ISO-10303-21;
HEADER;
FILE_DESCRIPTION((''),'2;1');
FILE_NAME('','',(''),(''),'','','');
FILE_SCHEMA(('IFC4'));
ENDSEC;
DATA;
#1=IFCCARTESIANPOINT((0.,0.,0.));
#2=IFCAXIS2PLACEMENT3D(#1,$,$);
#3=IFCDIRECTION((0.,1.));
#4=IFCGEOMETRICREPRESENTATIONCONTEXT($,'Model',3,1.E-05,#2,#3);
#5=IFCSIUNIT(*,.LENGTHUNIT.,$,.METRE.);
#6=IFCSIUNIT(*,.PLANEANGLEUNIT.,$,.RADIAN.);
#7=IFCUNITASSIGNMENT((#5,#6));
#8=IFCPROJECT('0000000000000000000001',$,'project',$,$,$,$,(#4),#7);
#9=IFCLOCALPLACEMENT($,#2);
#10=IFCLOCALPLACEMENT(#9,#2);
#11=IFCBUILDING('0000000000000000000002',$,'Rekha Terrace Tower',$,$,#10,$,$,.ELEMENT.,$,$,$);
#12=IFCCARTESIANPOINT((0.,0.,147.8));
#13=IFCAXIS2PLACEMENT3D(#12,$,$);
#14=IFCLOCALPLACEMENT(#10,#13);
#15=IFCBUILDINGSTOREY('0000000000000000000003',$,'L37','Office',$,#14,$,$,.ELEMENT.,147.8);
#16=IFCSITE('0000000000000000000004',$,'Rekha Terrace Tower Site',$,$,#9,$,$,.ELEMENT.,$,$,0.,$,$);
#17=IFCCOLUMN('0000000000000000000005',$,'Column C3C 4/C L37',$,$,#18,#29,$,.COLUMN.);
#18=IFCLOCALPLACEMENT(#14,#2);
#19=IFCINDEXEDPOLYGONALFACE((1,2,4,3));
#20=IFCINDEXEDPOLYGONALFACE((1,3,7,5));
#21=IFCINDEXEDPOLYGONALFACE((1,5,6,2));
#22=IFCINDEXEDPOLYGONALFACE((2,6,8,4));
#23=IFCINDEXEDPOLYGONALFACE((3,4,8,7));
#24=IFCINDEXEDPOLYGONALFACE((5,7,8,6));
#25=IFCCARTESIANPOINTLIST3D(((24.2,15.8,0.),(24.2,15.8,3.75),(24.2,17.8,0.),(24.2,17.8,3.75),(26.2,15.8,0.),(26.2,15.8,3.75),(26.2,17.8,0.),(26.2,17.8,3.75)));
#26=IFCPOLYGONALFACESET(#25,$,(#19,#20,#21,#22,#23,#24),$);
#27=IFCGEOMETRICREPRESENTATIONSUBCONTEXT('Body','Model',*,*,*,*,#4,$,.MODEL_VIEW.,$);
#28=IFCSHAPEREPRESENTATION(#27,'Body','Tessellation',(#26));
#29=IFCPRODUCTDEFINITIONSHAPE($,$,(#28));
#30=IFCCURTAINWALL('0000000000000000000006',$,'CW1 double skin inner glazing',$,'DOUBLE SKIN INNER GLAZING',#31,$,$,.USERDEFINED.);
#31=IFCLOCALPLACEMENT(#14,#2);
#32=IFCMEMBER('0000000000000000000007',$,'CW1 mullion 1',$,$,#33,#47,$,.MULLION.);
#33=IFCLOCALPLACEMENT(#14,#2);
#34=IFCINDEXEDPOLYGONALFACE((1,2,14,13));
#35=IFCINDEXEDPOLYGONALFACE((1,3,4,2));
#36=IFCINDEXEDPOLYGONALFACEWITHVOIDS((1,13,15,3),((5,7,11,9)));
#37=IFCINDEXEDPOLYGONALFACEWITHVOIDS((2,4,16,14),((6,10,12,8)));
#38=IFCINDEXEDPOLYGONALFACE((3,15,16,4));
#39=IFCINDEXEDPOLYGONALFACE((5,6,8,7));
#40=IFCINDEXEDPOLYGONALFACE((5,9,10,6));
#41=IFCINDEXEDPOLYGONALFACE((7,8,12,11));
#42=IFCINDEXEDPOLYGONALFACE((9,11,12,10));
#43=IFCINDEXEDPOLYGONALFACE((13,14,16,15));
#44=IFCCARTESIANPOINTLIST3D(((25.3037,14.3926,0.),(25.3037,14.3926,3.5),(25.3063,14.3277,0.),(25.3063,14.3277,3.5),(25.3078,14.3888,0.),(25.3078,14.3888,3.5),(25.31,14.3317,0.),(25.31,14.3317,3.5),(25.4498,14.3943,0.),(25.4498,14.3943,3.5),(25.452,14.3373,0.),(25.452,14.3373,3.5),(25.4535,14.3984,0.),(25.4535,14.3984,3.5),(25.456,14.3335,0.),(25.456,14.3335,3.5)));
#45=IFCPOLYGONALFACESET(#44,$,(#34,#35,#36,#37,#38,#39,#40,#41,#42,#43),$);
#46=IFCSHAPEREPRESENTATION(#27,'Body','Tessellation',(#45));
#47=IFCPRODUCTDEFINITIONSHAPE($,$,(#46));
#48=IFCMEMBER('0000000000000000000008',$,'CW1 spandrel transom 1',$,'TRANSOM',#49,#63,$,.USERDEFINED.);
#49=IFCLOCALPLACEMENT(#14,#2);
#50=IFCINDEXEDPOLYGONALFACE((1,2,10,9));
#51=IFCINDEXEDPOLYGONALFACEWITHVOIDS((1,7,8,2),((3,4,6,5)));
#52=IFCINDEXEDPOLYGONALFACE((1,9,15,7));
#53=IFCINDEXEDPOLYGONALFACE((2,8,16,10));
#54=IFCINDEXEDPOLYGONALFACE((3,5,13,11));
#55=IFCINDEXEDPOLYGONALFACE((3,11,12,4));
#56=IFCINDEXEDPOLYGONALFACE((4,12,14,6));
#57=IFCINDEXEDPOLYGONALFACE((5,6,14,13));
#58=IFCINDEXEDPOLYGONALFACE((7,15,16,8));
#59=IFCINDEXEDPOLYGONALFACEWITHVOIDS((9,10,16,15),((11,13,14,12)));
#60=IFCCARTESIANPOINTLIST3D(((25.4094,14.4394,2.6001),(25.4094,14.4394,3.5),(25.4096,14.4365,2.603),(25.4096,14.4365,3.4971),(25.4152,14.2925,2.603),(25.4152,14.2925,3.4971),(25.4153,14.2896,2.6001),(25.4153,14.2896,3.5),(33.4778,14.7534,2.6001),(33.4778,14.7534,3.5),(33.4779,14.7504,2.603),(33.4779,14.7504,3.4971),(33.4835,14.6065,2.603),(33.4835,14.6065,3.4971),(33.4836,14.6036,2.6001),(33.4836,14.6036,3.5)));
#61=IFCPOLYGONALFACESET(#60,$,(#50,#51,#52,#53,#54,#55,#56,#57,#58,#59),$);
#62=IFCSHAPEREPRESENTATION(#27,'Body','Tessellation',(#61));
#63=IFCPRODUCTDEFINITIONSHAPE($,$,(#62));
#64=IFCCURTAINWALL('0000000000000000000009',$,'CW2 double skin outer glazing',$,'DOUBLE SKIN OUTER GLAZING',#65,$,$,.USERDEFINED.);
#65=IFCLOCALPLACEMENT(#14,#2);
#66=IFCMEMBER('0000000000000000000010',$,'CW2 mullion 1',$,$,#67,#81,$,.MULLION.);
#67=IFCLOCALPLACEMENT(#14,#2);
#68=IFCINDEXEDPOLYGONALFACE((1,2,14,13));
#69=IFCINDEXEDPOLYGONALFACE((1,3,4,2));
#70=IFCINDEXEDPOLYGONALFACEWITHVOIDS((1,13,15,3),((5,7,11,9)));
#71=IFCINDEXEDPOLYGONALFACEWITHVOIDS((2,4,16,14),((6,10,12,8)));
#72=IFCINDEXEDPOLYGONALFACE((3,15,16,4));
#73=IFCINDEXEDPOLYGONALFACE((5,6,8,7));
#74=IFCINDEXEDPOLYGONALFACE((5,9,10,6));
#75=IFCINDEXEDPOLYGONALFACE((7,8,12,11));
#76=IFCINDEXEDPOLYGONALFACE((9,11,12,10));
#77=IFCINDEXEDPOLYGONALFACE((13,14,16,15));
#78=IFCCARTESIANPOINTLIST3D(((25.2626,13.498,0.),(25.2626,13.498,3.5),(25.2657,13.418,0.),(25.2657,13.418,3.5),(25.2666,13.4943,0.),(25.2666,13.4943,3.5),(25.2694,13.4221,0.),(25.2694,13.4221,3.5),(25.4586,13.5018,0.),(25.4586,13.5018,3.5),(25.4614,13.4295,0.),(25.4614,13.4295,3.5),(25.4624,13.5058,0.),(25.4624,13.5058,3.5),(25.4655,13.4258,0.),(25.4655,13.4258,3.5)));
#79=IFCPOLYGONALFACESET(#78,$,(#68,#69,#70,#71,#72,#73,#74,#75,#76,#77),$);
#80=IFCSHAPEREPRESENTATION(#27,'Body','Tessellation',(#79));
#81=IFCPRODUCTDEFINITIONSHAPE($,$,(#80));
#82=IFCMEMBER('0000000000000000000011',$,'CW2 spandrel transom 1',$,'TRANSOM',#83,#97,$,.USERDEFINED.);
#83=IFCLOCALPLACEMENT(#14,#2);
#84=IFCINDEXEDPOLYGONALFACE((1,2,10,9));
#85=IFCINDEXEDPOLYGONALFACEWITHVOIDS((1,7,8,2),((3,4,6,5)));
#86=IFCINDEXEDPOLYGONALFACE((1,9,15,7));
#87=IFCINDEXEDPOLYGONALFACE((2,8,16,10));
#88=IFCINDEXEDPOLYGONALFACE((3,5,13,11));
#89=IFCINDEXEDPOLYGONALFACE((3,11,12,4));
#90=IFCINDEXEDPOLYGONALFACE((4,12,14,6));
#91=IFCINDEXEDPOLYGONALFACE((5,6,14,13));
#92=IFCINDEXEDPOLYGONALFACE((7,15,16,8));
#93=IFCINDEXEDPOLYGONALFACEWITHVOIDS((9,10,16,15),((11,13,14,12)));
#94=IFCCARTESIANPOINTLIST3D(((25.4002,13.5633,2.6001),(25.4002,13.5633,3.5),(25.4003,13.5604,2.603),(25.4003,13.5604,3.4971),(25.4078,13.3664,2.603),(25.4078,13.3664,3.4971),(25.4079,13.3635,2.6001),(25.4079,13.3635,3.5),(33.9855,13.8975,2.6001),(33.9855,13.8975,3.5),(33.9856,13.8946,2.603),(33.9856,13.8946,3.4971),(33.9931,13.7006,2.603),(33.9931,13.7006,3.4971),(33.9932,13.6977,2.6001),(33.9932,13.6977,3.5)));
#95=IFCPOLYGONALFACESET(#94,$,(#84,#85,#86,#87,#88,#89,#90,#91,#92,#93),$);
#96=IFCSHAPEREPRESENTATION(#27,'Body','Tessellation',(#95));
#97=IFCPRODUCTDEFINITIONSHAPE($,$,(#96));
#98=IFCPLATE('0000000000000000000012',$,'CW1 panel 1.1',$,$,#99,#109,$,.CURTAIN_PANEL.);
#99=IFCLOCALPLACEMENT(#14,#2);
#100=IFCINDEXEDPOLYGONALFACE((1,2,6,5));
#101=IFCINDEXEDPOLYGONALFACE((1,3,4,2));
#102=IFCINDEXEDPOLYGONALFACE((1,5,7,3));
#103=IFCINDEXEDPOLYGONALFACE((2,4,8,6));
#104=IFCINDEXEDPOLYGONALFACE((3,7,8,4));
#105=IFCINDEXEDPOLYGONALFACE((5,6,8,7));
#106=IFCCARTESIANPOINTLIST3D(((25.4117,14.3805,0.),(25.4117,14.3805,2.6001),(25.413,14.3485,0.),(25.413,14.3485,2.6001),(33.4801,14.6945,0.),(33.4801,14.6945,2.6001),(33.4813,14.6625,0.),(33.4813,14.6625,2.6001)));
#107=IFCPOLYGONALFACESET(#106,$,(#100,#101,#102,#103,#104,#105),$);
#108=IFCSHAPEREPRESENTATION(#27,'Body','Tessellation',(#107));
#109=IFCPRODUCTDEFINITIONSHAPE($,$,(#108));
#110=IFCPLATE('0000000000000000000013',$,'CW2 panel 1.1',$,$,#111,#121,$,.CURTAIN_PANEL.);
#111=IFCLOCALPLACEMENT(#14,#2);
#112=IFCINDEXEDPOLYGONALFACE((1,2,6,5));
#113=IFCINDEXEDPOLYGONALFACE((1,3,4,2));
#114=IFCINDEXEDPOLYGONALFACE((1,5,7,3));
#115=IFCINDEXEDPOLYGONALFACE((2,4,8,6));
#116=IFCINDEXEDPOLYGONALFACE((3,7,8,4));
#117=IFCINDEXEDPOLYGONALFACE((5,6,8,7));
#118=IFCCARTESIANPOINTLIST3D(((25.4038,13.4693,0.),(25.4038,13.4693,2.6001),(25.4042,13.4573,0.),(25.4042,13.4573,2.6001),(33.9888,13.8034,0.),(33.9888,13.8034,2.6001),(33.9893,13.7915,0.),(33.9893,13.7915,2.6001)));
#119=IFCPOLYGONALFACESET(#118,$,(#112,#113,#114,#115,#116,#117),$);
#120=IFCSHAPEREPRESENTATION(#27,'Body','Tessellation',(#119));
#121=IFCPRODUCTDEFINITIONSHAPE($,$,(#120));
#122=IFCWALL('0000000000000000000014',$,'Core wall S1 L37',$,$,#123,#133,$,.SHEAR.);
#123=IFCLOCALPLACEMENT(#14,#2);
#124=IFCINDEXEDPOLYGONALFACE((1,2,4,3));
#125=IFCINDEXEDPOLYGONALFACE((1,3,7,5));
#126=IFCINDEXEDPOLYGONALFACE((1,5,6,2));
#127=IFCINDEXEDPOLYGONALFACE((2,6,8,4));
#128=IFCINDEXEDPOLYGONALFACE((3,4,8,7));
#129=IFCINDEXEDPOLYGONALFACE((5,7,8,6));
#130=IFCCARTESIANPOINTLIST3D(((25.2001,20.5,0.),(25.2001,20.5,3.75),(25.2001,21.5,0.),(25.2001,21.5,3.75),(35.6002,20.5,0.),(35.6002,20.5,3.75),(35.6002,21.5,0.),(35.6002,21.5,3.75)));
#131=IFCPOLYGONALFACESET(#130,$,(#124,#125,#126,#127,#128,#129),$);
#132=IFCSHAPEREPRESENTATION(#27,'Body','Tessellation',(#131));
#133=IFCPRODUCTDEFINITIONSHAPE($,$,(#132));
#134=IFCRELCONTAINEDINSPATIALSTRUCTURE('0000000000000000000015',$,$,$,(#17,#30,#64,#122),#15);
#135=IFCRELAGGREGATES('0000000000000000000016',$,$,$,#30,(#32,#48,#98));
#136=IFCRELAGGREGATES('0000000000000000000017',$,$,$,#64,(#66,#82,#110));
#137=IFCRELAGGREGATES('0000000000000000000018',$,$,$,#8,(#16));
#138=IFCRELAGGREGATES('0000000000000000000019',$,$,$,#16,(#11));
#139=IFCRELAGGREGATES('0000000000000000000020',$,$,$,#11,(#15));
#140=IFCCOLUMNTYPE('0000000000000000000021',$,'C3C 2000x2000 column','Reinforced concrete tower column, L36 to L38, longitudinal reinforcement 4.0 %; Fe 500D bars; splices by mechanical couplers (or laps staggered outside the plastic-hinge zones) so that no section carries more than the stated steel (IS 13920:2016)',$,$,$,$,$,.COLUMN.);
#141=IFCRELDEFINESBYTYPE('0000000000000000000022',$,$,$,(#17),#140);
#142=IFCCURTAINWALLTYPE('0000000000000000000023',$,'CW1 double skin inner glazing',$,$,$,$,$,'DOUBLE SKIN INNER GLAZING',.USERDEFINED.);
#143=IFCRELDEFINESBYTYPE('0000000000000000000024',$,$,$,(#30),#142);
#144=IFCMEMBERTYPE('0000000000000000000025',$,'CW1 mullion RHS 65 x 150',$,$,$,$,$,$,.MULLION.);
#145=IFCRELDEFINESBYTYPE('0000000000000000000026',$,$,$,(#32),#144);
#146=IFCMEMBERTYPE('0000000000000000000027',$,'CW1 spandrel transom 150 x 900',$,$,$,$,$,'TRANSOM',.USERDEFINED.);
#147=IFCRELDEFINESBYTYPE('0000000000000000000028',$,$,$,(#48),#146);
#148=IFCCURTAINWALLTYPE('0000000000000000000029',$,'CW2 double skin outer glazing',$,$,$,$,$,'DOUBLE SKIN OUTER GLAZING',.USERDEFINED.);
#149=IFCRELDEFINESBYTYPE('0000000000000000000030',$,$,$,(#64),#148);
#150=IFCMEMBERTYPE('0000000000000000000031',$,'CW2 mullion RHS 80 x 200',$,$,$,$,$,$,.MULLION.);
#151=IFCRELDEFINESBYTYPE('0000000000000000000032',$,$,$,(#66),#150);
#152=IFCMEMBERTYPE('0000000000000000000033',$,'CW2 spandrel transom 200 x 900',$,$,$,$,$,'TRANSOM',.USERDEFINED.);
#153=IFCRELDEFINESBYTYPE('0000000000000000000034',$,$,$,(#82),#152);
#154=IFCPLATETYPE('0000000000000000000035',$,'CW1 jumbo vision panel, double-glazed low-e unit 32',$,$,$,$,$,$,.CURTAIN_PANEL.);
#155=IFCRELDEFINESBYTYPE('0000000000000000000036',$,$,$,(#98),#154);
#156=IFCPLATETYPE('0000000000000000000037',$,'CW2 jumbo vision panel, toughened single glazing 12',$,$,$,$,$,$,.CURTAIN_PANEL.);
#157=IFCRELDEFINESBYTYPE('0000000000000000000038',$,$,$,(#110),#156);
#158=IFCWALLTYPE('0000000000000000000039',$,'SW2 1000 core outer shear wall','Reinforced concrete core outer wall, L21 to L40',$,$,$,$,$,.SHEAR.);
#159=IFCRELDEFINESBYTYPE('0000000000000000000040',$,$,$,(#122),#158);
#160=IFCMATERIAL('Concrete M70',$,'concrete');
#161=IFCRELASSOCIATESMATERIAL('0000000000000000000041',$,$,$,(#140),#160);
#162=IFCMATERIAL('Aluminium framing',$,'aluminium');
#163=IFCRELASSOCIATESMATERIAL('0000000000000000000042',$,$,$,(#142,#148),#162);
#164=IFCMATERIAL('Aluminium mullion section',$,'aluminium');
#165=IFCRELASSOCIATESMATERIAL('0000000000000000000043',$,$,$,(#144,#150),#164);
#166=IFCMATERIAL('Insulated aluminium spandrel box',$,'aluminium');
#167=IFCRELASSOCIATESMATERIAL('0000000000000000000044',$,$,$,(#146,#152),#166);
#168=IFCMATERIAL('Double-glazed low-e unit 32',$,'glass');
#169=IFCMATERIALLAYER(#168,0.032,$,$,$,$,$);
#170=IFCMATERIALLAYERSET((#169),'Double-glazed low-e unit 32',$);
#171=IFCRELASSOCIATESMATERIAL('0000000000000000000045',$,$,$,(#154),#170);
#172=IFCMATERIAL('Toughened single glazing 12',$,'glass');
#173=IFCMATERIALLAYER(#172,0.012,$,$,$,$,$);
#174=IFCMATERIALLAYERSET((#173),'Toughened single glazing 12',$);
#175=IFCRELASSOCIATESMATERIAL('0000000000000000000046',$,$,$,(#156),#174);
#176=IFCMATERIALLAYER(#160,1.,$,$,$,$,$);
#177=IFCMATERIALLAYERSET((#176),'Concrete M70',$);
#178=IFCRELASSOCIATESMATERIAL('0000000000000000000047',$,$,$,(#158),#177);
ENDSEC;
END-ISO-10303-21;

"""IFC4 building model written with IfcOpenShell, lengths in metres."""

from ifc_helpers import new_model, si_unit, direction, frame, frame_2d, origin, origin_2d, place, context, subcontext, project, spatial, rectangle, hollow_rectangle, extrude, material, layer, layer_set, material_profile, profile_set, type_object, element, aggregate, save


model = new_model("IFC4")

# Units and contexts
model_context = context("Model", 3, precision=1e-05, world=origin(), true_north=direction((0.0, 1.0)))
body_context = subcontext(model_context, "Body", "Model", "MODEL_VIEW")
ifc_project = project(units=[si_unit("LENGTHUNIT", "METRE"), si_unit("PLANEANGLEUNIT", "RADIAN")], contexts=[model_context])

# Site, building, storey
site_placement = place(None, origin())
site = spatial("IfcSite", under=ifc_project, at=site_placement, Name="Rekha Terrace Tower Site", CompositionType="ELEMENT", RefElevation=0.0)
building_placement = place(site_placement, origin())
building = spatial("IfcBuilding", under=site, at=building_placement, Name="Rekha Terrace Tower", CompositionType="ELEMENT")
storey_placement = place(building_placement, frame((0.0, 0.0, 147.8)))
storey = spatial("IfcBuildingStorey", under=building, at=storey_placement, Name="L37", Description="Office", CompositionType="ELEMENT", Elevation=147.8)

# Column
ifc_material_1 = material(Name="Concrete M70", Category="concrete")
ifc_material_profile_1 = material_profile(ifc_material_1, rectangle(XDim=2.0, YDim=2.0, at=origin_2d()), Name="RC 2000x2000")
ifc_profile_set_1 = profile_set([ifc_material_profile_1], Name="Concrete M70")
column_type = type_object("IfcColumnType", Name="C3C 2000x2000 column", Description="Reinforced concrete tower column, L36 to L38, longitudinal reinforcement 4.0 %; Fe 500D bars; splices by mechanical couplers (or laps staggered outside the plastic-hinge zones) so that no section carries more than the stated steel (IS 13920:2016)", PredefinedType="COLUMN", material=ifc_profile_set_1)
column_placement = place(storey_placement, frame((25.2, 16.8, 0.0), z_axis=(0.0, 0.0, 1.0), x_axis=(1.0, 0.0, 0.0)))
element("IfcColumn", 1, at=column_placement, inside=storey, type_object=column_type, Name="Column C3C 4/C L37", PredefinedType="COLUMN", context=body_context, shape_type="SweptSolid", body=[
    extrude(rectangle(XDim=2.0, YDim=2.0, at=origin_2d()), origin(), (0.0, 0.0, 1.0), 3.75),
])

# Curtain walls, members
ifc_material_2 = material(Name="Aluminium framing", Category="aluminium")
curtain_wall_type_1 = type_object("IfcCurtainWallType", Name="CW1 double skin inner glazing", ElementType="DOUBLE SKIN INNER GLAZING", PredefinedType="USERDEFINED", material=ifc_material_2)
curtain_wall_1_placement = place(storey_placement, origin())
curtain_wall_1 = element("IfcCurtainWall", 2, at=curtain_wall_1_placement, inside=storey, type_object=curtain_wall_type_1, Name="CW1 double skin inner glazing", ObjectType="DOUBLE SKIN INNER GLAZING", PredefinedType="USERDEFINED")
ifc_material_3 = material(Name="Aluminium mullion section", Category="aluminium")
ifc_material_profile_2 = material_profile(ifc_material_3, hollow_rectangle(XDim=0.0649, YDim=0.1499, WallThickness=0.0039, at=origin_2d()), Name="AL RHS 65x150")
ifc_profile_set_2 = profile_set([ifc_material_profile_2], Name="Aluminium mullion section")
member_type_1 = type_object("IfcMemberType", Name="CW1 mullion RHS 65 x 150", PredefinedType="MULLION", material=ifc_profile_set_2)
member_1_placement = place(storey_placement, frame((25.3799, 14.363, 0.0), z_axis=(0.0, 0.0, 1.0), x_axis=(-0.03889, 0.999243, 0.0)))
member_1 = element("IfcMember", 3, at=member_1_placement, type_object=member_type_1, Name="CW1 mullion 1", PredefinedType="MULLION", context=body_context, shape_type="SweptSolid", body=[
    extrude(hollow_rectangle(XDim=0.0649, YDim=0.1499, WallThickness=0.0039, at=origin_2d()), origin(), (0.0, 0.0, 1.0), 3.5),
])
ifc_material_4 = material(Name="Insulated aluminium spandrel box", Category="aluminium")
ifc_material_profile_3 = material_profile(ifc_material_4, hollow_rectangle(XDim=0.1499, YDim=0.8999, WallThickness=0.0029, at=origin_2d()), Name="AL SPANDREL BOX 150x900")
ifc_profile_set_3 = profile_set([ifc_material_profile_3], Name="Insulated aluminium spandrel box")
member_type_2 = type_object("IfcMemberType", Name="CW1 spandrel transom 150 x 900", ElementType="TRANSOM", PredefinedType="USERDEFINED", material=ifc_profile_set_3)
member_2_placement = place(storey_placement, frame((25.4124, 14.3645, 3.05), z_axis=(0.999244, 0.038884, 0.0), x_axis=(-0.038884, 0.999244, 0.0)))
member_2 = element("IfcMember", 4, at=member_2_placement, type_object=member_type_2, Name="CW1 spandrel transom 1", ObjectType="TRANSOM", PredefinedType="USERDEFINED", context=body_context, shape_type="SweptSolid", body=[
    extrude(hollow_rectangle(XDim=0.1499, YDim=0.8999, WallThickness=0.0029, at=origin_2d()), origin(), (0.0, 0.0, 1.0), 8.0745),
])
curtain_wall_type_2 = type_object("IfcCurtainWallType", Name="CW2 double skin outer glazing", ElementType="DOUBLE SKIN OUTER GLAZING", PredefinedType="USERDEFINED", material=ifc_material_2)
curtain_wall_2_placement = place(storey_placement, origin())
curtain_wall_2 = element("IfcCurtainWall", 5, at=curtain_wall_2_placement, inside=storey, type_object=curtain_wall_type_2, Name="CW2 double skin outer glazing", ObjectType="DOUBLE SKIN OUTER GLAZING", PredefinedType="USERDEFINED")
ifc_material_profile_4 = material_profile(ifc_material_3, hollow_rectangle(XDim=0.0801, YDim=0.2, WallThickness=0.0039, at=origin_2d()), Name="AL RHS 80x200")
ifc_profile_set_4 = profile_set([ifc_material_profile_4], Name="Aluminium mullion section")
member_type_3 = type_object("IfcMemberType", Name="CW2 mullion RHS 80 x 200", PredefinedType="MULLION", material=ifc_profile_set_4)
member_3_placement = place(storey_placement, frame((25.364, 13.4619, 0.0), z_axis=(0.0, 0.0, 1.0), x_axis=(-0.03889, 0.999243, 0.0)))
member_3 = element("IfcMember", 6, at=member_3_placement, type_object=member_type_3, Name="CW2 mullion 1", PredefinedType="MULLION", context=body_context, shape_type="SweptSolid", body=[
    extrude(hollow_rectangle(XDim=0.0801, YDim=0.2, WallThickness=0.0039, at=origin_2d()), origin(), (0.0, 0.0, 1.0), 3.5),
])
ifc_material_profile_5 = material_profile(ifc_material_4, hollow_rectangle(XDim=0.2, YDim=0.8999, WallThickness=0.0029, at=origin_2d()), Name="AL SPANDREL BOX 200x900")
ifc_profile_set_5 = profile_set([ifc_material_profile_5], Name="Insulated aluminium spandrel box")
member_type_4 = type_object("IfcMemberType", Name="CW2 spandrel transom 200 x 900", ElementType="TRANSOM", PredefinedType="USERDEFINED", material=ifc_profile_set_5)
member_4_placement = place(storey_placement, frame((25.4041, 13.4634, 3.05), z_axis=(0.999243, 0.038901, 0.0), x_axis=(-0.038901, 0.999243, 0.0)))
member_4 = element("IfcMember", 7, at=member_4_placement, type_object=member_type_4, Name="CW2 spandrel transom 1", ObjectType="TRANSOM", PredefinedType="USERDEFINED", context=body_context, shape_type="SweptSolid", body=[
    extrude(hollow_rectangle(XDim=0.2, YDim=0.8999, WallThickness=0.0029, at=origin_2d()), origin(), (0.0, 0.0, 1.0), 8.5918),
])

# Plates
ifc_material_5 = material(Name="Double-glazed low-e unit 32", Category="glass")
ifc_layer_1 = layer(ifc_material_5, 0.032)
ifc_layer_set_1 = layer_set([ifc_layer_1], Name="Double-glazed low-e unit 32")
plate_type_1 = type_object("IfcPlateType", Name="CW1 jumbo vision panel, double-glazed low-e unit 32", PredefinedType="CURTAIN_PANEL", material=ifc_layer_set_1)
plate_1_placement = place(storey_placement, frame((29.4465, 14.5215, 0.0), z_axis=(0.0, 0.0, 1.0), x_axis=(0.999243, 0.03889, 0.0)))
plate_1 = element("IfcPlate", 8, at=plate_1_placement, type_object=plate_type_1, Name="CW1 panel 1.1", PredefinedType="CURTAIN_PANEL", context=body_context, shape_type="SweptSolid", body=[
    extrude(rectangle(XDim=8.0745, YDim=0.032, at=origin_2d()), origin(), (0.0, 0.0, 1.0), 2.6001),
])
aggregate(curtain_wall_1, [member_1, member_2, plate_1])
ifc_material_6 = material(Name="Toughened single glazing 12", Category="glass")
ifc_layer_2 = layer(ifc_material_6, 0.012)
ifc_layer_set_2 = layer_set([ifc_layer_2], Name="Toughened single glazing 12")
plate_type_2 = type_object("IfcPlateType", Name="CW2 jumbo vision panel, toughened single glazing 12", PredefinedType="CURTAIN_PANEL", material=ifc_layer_set_2)
plate_2_placement = place(storey_placement, frame((29.6965, 13.6304, 0.0), z_axis=(0.0, 0.0, 1.0), x_axis=(0.999243, 0.03889, 0.0)))
plate_2 = element("IfcPlate", 9, at=plate_2_placement, type_object=plate_type_2, Name="CW2 panel 1.1", PredefinedType="CURTAIN_PANEL", context=body_context, shape_type="SweptSolid", body=[
    extrude(rectangle(XDim=8.5916, YDim=0.012, at=origin_2d()), origin(), (0.0, 0.0, 1.0), 2.6001),
])
aggregate(curtain_wall_2, [member_3, member_4, plate_2])

# Wall
ifc_layer_3 = layer(ifc_material_1, 1.0)
ifc_layer_set_3 = layer_set([ifc_layer_3], Name="Concrete M70")
wall_type_1 = type_object("IfcWallType", Name="SW2 1000 core outer shear wall", Description="Reinforced concrete core outer wall, L21 to L40", PredefinedType="SHEAR", material=ifc_layer_set_3)
wall_1_placement = place(storey_placement, frame((25.2, 21.0, 0.0), z_axis=(0.0, 0.0, 1.0), x_axis=(1.0, 0.0, 0.0)))
element("IfcWall", 10, at=wall_1_placement, inside=storey, type_object=wall_type_1, Name="Core wall S1 L37", PredefinedType="SHEAR", context=body_context, shape_type="SweptSolid", body=[
    extrude(rectangle(XDim=10.4001, YDim=1.0, at=frame_2d((5.2002, 0.0))), origin(), (0.0, 0.0, 1.0), 3.75),
])

save(model, "model.ifc")
